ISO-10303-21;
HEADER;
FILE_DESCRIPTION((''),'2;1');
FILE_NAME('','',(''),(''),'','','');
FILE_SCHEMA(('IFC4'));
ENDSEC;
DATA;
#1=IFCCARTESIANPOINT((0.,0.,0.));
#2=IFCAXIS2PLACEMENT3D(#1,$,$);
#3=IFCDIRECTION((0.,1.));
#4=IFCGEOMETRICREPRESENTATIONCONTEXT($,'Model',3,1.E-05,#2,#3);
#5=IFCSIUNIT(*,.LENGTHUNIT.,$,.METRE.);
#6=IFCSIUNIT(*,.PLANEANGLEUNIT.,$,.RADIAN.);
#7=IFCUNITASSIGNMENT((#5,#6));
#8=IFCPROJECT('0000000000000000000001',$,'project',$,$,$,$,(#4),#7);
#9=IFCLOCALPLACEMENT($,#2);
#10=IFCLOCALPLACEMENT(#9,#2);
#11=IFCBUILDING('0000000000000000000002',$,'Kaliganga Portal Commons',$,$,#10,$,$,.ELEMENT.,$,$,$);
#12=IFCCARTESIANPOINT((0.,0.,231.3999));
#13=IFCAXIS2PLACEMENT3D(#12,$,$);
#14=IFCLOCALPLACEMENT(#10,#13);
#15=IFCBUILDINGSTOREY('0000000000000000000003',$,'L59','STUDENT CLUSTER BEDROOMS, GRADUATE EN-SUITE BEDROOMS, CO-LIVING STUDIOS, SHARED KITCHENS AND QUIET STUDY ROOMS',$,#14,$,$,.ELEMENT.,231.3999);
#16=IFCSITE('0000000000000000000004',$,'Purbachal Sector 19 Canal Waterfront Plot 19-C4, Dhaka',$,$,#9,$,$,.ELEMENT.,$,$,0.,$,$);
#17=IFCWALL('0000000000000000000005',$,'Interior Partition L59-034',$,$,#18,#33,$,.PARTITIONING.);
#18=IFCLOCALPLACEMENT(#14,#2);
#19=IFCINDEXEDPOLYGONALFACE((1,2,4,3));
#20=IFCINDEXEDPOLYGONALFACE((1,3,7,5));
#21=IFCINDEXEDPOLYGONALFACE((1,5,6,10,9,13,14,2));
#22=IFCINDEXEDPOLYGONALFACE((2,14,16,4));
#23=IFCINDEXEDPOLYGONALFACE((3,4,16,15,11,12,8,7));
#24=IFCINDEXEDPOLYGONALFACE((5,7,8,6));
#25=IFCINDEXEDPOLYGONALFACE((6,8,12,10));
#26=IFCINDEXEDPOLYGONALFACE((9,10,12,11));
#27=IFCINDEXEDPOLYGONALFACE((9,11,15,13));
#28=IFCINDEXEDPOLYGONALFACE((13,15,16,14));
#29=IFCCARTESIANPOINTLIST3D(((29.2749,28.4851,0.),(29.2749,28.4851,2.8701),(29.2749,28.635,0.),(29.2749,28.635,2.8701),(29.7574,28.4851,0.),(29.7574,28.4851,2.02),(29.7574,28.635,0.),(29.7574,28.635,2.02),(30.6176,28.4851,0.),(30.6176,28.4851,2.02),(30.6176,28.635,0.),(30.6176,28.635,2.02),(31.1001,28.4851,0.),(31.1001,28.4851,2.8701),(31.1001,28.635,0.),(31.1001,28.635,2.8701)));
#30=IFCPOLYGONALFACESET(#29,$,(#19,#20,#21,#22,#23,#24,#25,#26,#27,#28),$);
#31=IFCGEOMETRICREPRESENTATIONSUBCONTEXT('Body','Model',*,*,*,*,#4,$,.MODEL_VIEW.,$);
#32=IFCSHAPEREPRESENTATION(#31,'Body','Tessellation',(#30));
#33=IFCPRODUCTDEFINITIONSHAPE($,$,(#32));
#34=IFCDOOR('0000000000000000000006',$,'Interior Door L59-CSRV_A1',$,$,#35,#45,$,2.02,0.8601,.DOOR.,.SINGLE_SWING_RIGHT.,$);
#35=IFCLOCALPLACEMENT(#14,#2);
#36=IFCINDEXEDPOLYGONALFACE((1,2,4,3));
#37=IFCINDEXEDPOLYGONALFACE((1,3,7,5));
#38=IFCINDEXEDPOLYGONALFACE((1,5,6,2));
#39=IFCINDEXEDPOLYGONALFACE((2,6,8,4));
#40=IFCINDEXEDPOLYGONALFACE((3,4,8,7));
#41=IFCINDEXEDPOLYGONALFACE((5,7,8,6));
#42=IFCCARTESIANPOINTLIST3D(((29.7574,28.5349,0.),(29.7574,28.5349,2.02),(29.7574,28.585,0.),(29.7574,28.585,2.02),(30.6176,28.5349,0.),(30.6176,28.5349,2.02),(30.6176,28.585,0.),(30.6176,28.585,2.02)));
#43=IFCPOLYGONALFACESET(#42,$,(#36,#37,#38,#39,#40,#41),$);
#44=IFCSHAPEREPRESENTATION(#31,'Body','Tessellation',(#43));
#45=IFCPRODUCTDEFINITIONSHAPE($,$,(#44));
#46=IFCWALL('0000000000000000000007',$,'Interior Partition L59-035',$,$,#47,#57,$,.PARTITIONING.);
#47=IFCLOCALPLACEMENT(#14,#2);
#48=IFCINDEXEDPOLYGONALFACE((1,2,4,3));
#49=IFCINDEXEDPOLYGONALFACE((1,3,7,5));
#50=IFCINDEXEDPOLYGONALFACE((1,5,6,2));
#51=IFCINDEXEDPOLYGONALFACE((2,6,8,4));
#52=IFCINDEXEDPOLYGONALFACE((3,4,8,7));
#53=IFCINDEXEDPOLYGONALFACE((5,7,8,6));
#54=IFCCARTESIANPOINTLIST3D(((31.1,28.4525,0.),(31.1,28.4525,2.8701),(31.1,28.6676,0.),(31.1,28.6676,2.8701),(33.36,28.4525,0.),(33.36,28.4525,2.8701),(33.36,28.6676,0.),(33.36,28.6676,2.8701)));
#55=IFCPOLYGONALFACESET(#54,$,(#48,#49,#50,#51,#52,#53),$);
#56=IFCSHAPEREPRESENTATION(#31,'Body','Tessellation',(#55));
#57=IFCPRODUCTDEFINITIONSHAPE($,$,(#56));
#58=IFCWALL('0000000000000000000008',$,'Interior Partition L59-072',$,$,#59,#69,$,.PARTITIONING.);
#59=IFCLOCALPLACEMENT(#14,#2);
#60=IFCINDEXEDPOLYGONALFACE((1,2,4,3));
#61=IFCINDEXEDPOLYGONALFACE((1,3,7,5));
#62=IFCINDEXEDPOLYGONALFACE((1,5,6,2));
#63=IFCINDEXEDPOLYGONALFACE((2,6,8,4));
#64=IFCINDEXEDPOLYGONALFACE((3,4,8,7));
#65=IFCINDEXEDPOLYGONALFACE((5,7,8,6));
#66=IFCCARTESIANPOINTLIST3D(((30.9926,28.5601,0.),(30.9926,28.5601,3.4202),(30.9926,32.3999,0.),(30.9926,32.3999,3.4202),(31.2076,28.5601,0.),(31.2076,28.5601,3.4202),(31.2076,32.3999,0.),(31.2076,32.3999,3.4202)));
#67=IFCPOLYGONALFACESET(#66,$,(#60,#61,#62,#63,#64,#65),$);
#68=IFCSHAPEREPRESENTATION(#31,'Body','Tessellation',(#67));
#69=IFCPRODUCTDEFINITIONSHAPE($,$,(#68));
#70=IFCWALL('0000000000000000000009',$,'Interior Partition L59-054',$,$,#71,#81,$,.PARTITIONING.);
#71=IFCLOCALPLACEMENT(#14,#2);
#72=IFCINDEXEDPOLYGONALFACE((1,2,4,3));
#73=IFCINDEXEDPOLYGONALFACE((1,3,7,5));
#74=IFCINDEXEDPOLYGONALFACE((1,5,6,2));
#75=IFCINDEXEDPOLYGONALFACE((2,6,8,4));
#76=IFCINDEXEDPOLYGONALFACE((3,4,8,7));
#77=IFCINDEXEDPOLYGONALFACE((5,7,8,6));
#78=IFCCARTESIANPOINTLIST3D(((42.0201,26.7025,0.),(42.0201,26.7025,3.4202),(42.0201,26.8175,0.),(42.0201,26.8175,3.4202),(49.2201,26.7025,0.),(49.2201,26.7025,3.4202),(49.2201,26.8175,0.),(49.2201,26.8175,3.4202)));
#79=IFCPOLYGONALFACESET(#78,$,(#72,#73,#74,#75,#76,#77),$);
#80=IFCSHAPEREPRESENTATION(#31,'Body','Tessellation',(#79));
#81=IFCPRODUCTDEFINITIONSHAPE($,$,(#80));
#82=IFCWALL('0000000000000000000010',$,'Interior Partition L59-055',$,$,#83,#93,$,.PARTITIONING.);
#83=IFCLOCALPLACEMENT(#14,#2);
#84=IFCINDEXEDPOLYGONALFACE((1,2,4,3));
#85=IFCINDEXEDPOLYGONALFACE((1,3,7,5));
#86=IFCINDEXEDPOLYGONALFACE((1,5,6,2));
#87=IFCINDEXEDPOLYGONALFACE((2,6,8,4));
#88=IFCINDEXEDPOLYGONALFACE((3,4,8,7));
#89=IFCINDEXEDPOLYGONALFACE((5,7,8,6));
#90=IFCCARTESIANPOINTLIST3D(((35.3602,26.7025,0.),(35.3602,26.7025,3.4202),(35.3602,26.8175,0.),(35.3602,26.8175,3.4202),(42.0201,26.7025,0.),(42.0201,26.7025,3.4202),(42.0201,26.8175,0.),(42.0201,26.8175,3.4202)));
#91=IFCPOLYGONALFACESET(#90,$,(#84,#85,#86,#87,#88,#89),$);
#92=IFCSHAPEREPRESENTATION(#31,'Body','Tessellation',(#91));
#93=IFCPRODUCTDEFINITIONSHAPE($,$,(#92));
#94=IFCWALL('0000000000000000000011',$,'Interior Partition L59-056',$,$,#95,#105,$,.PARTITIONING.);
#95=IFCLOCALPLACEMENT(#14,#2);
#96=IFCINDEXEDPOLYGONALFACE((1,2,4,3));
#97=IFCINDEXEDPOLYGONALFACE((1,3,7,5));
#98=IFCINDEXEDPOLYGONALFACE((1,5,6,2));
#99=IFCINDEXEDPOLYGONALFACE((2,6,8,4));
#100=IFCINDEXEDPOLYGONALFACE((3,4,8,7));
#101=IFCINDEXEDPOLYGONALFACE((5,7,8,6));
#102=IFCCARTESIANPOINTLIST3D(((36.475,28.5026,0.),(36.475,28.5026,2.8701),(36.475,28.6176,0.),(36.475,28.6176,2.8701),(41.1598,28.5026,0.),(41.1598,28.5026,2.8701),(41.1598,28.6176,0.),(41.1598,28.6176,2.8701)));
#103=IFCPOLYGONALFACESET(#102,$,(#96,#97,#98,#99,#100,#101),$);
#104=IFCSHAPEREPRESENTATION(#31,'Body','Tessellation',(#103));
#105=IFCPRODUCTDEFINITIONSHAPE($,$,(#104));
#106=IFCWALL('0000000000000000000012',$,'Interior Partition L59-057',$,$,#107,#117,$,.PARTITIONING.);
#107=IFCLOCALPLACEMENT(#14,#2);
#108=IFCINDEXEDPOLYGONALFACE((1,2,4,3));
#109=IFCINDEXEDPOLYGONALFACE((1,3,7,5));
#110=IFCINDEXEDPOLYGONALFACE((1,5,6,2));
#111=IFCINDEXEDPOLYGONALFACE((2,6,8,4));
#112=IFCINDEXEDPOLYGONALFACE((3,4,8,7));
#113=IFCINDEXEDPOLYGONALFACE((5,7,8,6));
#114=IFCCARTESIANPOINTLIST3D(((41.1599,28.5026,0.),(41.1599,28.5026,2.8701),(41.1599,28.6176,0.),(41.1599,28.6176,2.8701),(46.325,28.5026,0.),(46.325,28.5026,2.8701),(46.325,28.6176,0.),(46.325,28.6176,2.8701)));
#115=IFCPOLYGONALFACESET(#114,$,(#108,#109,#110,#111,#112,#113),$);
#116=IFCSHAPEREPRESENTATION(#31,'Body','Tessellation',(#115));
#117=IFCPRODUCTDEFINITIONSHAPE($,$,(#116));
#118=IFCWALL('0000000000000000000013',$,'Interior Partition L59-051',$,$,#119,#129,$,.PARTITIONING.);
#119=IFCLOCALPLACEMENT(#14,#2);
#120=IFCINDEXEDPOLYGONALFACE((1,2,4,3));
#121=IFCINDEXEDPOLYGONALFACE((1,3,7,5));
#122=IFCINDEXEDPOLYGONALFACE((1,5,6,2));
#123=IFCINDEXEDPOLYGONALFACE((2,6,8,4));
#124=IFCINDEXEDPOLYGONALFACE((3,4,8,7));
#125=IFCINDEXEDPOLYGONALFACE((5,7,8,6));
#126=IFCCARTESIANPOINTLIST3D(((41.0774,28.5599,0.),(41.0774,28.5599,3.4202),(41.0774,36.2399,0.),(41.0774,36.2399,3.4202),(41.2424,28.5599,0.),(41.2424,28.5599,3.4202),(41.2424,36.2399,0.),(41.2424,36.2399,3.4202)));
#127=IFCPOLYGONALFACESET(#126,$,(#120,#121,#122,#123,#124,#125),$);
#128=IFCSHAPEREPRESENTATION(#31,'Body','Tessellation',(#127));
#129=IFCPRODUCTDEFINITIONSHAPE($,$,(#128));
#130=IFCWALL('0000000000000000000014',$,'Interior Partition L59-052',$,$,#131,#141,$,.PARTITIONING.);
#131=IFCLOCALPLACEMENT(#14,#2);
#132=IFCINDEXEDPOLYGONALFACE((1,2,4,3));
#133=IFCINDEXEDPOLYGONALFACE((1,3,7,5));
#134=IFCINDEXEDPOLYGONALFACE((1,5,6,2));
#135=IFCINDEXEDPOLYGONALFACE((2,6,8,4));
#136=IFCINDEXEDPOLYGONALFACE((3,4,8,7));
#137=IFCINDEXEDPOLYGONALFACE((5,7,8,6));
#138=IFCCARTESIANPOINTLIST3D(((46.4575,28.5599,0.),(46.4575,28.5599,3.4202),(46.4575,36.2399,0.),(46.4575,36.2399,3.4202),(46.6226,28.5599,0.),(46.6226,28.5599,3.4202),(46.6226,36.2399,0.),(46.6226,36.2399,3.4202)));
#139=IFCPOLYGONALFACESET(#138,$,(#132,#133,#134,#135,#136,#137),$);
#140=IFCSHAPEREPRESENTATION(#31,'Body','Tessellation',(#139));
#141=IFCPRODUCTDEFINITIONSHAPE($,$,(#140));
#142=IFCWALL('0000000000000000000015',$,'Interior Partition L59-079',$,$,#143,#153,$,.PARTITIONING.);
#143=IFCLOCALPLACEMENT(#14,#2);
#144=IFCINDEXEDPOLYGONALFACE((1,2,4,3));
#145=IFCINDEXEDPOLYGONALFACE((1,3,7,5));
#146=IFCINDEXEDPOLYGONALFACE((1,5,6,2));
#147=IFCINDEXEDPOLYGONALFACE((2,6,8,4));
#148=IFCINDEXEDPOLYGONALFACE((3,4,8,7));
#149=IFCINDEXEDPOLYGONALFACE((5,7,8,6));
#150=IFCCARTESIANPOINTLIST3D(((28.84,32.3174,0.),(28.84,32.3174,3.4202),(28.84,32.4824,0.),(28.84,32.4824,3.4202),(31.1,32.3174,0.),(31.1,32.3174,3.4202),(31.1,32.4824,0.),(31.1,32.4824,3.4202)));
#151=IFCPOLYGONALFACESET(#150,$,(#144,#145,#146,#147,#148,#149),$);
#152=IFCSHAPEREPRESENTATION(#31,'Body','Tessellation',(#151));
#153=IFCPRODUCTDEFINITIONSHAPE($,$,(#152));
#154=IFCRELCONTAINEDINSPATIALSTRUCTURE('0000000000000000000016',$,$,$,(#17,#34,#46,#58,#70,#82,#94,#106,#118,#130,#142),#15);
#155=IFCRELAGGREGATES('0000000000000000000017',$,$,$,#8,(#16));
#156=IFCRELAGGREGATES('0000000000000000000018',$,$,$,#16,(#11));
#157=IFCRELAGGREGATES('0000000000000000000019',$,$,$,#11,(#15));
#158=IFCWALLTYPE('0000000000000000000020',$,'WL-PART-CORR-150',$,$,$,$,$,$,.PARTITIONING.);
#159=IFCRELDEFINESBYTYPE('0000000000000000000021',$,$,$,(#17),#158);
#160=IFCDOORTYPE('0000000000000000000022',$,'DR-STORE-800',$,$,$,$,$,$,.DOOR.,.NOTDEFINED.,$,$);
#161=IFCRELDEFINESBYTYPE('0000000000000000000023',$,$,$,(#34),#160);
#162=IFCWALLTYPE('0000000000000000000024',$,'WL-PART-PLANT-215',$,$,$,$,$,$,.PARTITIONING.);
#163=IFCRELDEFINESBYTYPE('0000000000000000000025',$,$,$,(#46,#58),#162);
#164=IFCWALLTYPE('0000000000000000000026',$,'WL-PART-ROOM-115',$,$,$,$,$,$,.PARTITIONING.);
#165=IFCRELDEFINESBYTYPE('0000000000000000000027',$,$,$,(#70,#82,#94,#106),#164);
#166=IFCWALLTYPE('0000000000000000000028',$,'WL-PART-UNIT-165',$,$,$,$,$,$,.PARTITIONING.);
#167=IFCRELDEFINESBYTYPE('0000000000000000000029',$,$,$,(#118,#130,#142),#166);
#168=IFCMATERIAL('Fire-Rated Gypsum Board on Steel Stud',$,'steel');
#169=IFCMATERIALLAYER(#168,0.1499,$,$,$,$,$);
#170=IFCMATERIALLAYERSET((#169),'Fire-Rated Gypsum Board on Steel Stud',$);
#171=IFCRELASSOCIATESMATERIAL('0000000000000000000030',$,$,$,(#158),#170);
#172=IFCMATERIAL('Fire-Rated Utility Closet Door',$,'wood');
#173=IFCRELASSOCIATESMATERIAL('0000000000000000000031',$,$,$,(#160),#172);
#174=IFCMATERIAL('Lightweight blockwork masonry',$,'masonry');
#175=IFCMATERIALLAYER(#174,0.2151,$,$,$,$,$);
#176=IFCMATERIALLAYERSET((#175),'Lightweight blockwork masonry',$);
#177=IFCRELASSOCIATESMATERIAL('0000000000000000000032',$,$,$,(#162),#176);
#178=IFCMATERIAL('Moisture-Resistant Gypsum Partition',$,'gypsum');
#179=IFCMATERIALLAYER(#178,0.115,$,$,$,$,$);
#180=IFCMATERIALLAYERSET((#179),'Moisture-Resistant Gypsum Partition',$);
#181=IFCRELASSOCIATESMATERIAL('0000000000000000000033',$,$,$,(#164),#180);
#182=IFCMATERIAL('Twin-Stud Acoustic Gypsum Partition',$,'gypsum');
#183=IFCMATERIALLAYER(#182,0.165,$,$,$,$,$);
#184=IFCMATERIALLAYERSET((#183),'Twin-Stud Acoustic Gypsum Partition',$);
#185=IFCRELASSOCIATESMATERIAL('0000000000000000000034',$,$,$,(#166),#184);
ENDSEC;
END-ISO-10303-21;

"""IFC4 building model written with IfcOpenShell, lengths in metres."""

from ifc_helpers import new_model, si_unit, direction, frame, frame_2d, origin, place, context, subcontext, project, spatial, rectangle, extrude, material, layer, layer_set, type_object, element, fill, save


model = new_model("IFC4")

# Units and contexts
model_context = context("Model", 3, precision=1e-05, world=origin(), true_north=direction((0.0, 1.0)))
body_context = subcontext(model_context, "Body", "Model", "MODEL_VIEW")
ifc_project = project(units=[si_unit("LENGTHUNIT", "METRE"), si_unit("PLANEANGLEUNIT", "RADIAN")], contexts=[model_context])

# Site, building, storey
site_placement = place(None, origin())
site = spatial("IfcSite", under=ifc_project, at=site_placement, Name="Purbachal Sector 19 Canal Waterfront Plot 19-C4, Dhaka", CompositionType="ELEMENT", RefElevation=0.0)
building_placement = place(site_placement, origin())
building = spatial("IfcBuilding", under=site, at=building_placement, Name="Kaliganga Portal Commons", CompositionType="ELEMENT")
storey_placement = place(building_placement, frame((0.0, 0.0, 231.3999)))
storey = spatial("IfcBuildingStorey", under=building, at=storey_placement, Name="L59", Description="STUDENT CLUSTER BEDROOMS, GRADUATE EN-SUITE BEDROOMS, CO-LIVING STUDIOS, SHARED KITCHENS AND QUIET STUDY ROOMS", CompositionType="ELEMENT", Elevation=231.3999)

# Wall, opening, door
ifc_material_1 = material(Name="Fire-Rated Gypsum Board on Steel Stud", Category="steel")
ifc_layer_1 = layer(ifc_material_1, 0.1499)
ifc_layer_set_1 = layer_set([ifc_layer_1], Name="Fire-Rated Gypsum Board on Steel Stud")
wall_type_1 = type_object("IfcWallType", Name="WL-PART-CORR-150", PredefinedType="PARTITIONING", material=ifc_layer_set_1)
wall_1_placement = place(storey_placement, frame((29.2749, 28.5601, 0.0), z_axis=(0.0, 0.0, 1.0), x_axis=(1.0, 0.0, 0.0)))
wall_1 = element("IfcWall", 1, at=wall_1_placement, inside=storey, type_object=wall_type_1, Name="Interior Partition L59-034", PredefinedType="PARTITIONING", context=body_context, shape_type="SweptSolid", body=[
    extrude(rectangle(XDim=1.8252, YDim=0.1499, at=frame_2d((0.9126, 0.0))), origin(), (0.0, 0.0, 1.0), 2.8701),
])
opening_1_placement = place(wall_1_placement, frame((0.4824, 0.0, 0.0)))
opening_1 = element("IfcOpeningElement", 2, at=opening_1_placement, cuts=wall_1, PredefinedType="OPENING", context=body_context, shape_type="SweptSolid", body=[
    extrude(rectangle(XDim=0.8601, YDim=2.02, at=frame_2d((0.4302, 1.01))), frame((0.0, 0.085, 0.0), z_axis=(0.0, -1.0, 0.0), x_axis=(1.0, 0.0, 0.0)), (0.0, 0.0, 1.0), 0.1699),
])
ifc_material_2 = material(Name="Fire-Rated Utility Closet Door", Category="wood")
door_type_1 = type_object("IfcDoorType", Name="DR-STORE-800", OperationType="NOTDEFINED", PredefinedType="DOOR", material=ifc_material_2)
door_1_placement = place(opening_1_placement, origin())
door_1 = element("IfcDoor", 3, at=door_1_placement, inside=storey, type_object=door_type_1, Name="Interior Door L59-CSRV_A1", OperationType="SINGLE_SWING_RIGHT", OverallHeight=2.02, OverallWidth=0.8601, PredefinedType="DOOR", context=body_context, shape_type="SweptSolid", body=[
    extrude(rectangle(XDim=0.8601, YDim=2.02, at=frame_2d((0.4302, 1.01))), frame((0.0, 0.0249, 0.0), z_axis=(0.0, -1.0, 0.0), x_axis=(1.0, 0.0, 0.0)), (0.0, 0.0, 1.0), 0.05),
])
fill(opening_1, door_1)
ifc_material_3 = material(Name="Lightweight blockwork masonry", Category="masonry")
ifc_layer_2 = layer(ifc_material_3, 0.2151)
ifc_layer_set_2 = layer_set([ifc_layer_2], Name="Lightweight blockwork masonry")
wall_type_2 = type_object("IfcWallType", Name="WL-PART-PLANT-215", PredefinedType="PARTITIONING", material=ifc_layer_set_2)

# Walls
wall_2_placement = place(storey_placement, frame((31.1001, 28.5601, 0.0), z_axis=(0.0, 0.0, 1.0), x_axis=(1.0, 0.0, 0.0)))
element("IfcWall", 4, at=wall_2_placement, inside=storey, type_object=wall_type_2, Name="Interior Partition L59-035", PredefinedType="PARTITIONING", context=body_context, shape_type="SweptSolid", body=[
    extrude(rectangle(XDim=2.26, YDim=0.2151, at=frame_2d((1.1299, 0.0))), origin(), (0.0, 0.0, 1.0), 2.8701),
])
wall_3_placement = place(storey_placement, frame((31.1001, 28.5601, 0.0), z_axis=(0.0, 0.0, 1.0), x_axis=(0.0, 1.0, 0.0)))
element("IfcWall", 5, at=wall_3_placement, inside=storey, type_object=wall_type_2, Name="Interior Partition L59-072", PredefinedType="PARTITIONING", context=body_context, shape_type="SweptSolid", body=[
    extrude(rectangle(XDim=3.8398, YDim=0.2151, at=frame_2d((1.9199, 0.0))), origin(), (0.0, 0.0, 1.0), 3.4202),
])
ifc_material_4 = material(Name="Moisture-Resistant Gypsum Partition", Category="gypsum")
ifc_layer_3 = layer(ifc_material_4, 0.115)
ifc_layer_set_3 = layer_set([ifc_layer_3], Name="Moisture-Resistant Gypsum Partition")
wall_type_3 = type_object("IfcWallType", Name="WL-PART-ROOM-115", PredefinedType="PARTITIONING", material=ifc_layer_set_3)
wall_4_placement = place(storey_placement, frame((42.02, 26.76, 0.0), z_axis=(0.0, 0.0, 1.0), x_axis=(1.0, 0.0, 0.0)))
element("IfcWall", 6, at=wall_4_placement, inside=storey, type_object=wall_type_3, Name="Interior Partition L59-054", PredefinedType="PARTITIONING", context=body_context, shape_type="SweptSolid", body=[
    extrude(rectangle(XDim=7.2, YDim=0.115, at=frame_2d((3.6001, 0.0))), origin(), (0.0, 0.0, 1.0), 3.4202),
])
wall_5_placement = place(storey_placement, frame((35.3601, 26.76, 0.0), z_axis=(0.0, 0.0, 1.0), x_axis=(1.0, 0.0, 0.0)))
element("IfcWall", 7, at=wall_5_placement, inside=storey, type_object=wall_type_3, Name="Interior Partition L59-055", PredefinedType="PARTITIONING", context=body_context, shape_type="SweptSolid", body=[
    extrude(rectangle(XDim=6.6599, YDim=0.115, at=frame_2d((3.3301, 0.0))), origin(), (0.0, 0.0, 1.0), 3.4202),
])
wall_6_placement = place(storey_placement, frame((36.4751, 28.5601, 0.0), z_axis=(0.0, 0.0, 1.0), x_axis=(1.0, 0.0, 0.0)))
element("IfcWall", 8, at=wall_6_placement, inside=storey, type_object=wall_type_3, Name="Interior Partition L59-056", PredefinedType="PARTITIONING", context=body_context, shape_type="SweptSolid", body=[
    extrude(rectangle(XDim=4.6848, YDim=0.115, at=frame_2d((2.3423, 0.0))), origin(), (0.0, 0.0, 1.0), 2.8701),
])
wall_7_placement = place(storey_placement, frame((41.1599, 28.5601, 0.0), z_axis=(0.0, 0.0, 1.0), x_axis=(1.0, 0.0, 0.0)))
element("IfcWall", 9, at=wall_7_placement, inside=storey, type_object=wall_type_3, Name="Interior Partition L59-057", PredefinedType="PARTITIONING", context=body_context, shape_type="SweptSolid", body=[
    extrude(rectangle(XDim=5.165, YDim=0.115, at=frame_2d((2.5825, 0.0))), origin(), (0.0, 0.0, 1.0), 2.8701),
])
ifc_material_5 = material(Name="Twin-Stud Acoustic Gypsum Partition", Category="gypsum")
ifc_layer_4 = layer(ifc_material_5, 0.165)
ifc_layer_set_4 = layer_set([ifc_layer_4], Name="Twin-Stud Acoustic Gypsum Partition")
wall_type_4 = type_object("IfcWallType", Name="WL-PART-UNIT-165", PredefinedType="PARTITIONING", material=ifc_layer_set_4)
for number, where, z_axis, x_axis, name in (
    (10, (41.1599, 28.5601, 0.0), (0.0, 0.0, 1.0), (0.0, 1.0, 0.0), "Interior Partition L59-051"),
    (11, (46.54, 28.5601, 0.0), (0.0, 0.0, 1.0), (0.0, 1.0, 0.0), "Interior Partition L59-052"),
):
    element("IfcWall", number, at=place(storey_placement, frame(where, z_axis=z_axis, x_axis=x_axis)), inside=storey, type_object=wall_type_4, Name=name, PredefinedType="PARTITIONING", context=body_context, shape_type="SweptSolid", body=[
        extrude(rectangle(XDim=7.6799, YDim=0.165, at=frame_2d((3.8398, 0.0))), origin(), (0.0, 0.0, 1.0), 3.4202),
    ])
wall_8_placement = place(storey_placement, frame((28.8401, 32.3999, 0.0), z_axis=(0.0, 0.0, 1.0), x_axis=(1.0, 0.0, 0.0)))
element("IfcWall", 12, at=wall_8_placement, inside=storey, type_object=wall_type_4, Name="Interior Partition L59-079", PredefinedType="PARTITIONING", context=body_context, shape_type="SweptSolid", body=[
    extrude(rectangle(XDim=2.26, YDim=0.165, at=frame_2d((1.1299, 0.0))), origin(), (0.0, 0.0, 1.0), 3.4202),
])

save(model, "model.ifc")
